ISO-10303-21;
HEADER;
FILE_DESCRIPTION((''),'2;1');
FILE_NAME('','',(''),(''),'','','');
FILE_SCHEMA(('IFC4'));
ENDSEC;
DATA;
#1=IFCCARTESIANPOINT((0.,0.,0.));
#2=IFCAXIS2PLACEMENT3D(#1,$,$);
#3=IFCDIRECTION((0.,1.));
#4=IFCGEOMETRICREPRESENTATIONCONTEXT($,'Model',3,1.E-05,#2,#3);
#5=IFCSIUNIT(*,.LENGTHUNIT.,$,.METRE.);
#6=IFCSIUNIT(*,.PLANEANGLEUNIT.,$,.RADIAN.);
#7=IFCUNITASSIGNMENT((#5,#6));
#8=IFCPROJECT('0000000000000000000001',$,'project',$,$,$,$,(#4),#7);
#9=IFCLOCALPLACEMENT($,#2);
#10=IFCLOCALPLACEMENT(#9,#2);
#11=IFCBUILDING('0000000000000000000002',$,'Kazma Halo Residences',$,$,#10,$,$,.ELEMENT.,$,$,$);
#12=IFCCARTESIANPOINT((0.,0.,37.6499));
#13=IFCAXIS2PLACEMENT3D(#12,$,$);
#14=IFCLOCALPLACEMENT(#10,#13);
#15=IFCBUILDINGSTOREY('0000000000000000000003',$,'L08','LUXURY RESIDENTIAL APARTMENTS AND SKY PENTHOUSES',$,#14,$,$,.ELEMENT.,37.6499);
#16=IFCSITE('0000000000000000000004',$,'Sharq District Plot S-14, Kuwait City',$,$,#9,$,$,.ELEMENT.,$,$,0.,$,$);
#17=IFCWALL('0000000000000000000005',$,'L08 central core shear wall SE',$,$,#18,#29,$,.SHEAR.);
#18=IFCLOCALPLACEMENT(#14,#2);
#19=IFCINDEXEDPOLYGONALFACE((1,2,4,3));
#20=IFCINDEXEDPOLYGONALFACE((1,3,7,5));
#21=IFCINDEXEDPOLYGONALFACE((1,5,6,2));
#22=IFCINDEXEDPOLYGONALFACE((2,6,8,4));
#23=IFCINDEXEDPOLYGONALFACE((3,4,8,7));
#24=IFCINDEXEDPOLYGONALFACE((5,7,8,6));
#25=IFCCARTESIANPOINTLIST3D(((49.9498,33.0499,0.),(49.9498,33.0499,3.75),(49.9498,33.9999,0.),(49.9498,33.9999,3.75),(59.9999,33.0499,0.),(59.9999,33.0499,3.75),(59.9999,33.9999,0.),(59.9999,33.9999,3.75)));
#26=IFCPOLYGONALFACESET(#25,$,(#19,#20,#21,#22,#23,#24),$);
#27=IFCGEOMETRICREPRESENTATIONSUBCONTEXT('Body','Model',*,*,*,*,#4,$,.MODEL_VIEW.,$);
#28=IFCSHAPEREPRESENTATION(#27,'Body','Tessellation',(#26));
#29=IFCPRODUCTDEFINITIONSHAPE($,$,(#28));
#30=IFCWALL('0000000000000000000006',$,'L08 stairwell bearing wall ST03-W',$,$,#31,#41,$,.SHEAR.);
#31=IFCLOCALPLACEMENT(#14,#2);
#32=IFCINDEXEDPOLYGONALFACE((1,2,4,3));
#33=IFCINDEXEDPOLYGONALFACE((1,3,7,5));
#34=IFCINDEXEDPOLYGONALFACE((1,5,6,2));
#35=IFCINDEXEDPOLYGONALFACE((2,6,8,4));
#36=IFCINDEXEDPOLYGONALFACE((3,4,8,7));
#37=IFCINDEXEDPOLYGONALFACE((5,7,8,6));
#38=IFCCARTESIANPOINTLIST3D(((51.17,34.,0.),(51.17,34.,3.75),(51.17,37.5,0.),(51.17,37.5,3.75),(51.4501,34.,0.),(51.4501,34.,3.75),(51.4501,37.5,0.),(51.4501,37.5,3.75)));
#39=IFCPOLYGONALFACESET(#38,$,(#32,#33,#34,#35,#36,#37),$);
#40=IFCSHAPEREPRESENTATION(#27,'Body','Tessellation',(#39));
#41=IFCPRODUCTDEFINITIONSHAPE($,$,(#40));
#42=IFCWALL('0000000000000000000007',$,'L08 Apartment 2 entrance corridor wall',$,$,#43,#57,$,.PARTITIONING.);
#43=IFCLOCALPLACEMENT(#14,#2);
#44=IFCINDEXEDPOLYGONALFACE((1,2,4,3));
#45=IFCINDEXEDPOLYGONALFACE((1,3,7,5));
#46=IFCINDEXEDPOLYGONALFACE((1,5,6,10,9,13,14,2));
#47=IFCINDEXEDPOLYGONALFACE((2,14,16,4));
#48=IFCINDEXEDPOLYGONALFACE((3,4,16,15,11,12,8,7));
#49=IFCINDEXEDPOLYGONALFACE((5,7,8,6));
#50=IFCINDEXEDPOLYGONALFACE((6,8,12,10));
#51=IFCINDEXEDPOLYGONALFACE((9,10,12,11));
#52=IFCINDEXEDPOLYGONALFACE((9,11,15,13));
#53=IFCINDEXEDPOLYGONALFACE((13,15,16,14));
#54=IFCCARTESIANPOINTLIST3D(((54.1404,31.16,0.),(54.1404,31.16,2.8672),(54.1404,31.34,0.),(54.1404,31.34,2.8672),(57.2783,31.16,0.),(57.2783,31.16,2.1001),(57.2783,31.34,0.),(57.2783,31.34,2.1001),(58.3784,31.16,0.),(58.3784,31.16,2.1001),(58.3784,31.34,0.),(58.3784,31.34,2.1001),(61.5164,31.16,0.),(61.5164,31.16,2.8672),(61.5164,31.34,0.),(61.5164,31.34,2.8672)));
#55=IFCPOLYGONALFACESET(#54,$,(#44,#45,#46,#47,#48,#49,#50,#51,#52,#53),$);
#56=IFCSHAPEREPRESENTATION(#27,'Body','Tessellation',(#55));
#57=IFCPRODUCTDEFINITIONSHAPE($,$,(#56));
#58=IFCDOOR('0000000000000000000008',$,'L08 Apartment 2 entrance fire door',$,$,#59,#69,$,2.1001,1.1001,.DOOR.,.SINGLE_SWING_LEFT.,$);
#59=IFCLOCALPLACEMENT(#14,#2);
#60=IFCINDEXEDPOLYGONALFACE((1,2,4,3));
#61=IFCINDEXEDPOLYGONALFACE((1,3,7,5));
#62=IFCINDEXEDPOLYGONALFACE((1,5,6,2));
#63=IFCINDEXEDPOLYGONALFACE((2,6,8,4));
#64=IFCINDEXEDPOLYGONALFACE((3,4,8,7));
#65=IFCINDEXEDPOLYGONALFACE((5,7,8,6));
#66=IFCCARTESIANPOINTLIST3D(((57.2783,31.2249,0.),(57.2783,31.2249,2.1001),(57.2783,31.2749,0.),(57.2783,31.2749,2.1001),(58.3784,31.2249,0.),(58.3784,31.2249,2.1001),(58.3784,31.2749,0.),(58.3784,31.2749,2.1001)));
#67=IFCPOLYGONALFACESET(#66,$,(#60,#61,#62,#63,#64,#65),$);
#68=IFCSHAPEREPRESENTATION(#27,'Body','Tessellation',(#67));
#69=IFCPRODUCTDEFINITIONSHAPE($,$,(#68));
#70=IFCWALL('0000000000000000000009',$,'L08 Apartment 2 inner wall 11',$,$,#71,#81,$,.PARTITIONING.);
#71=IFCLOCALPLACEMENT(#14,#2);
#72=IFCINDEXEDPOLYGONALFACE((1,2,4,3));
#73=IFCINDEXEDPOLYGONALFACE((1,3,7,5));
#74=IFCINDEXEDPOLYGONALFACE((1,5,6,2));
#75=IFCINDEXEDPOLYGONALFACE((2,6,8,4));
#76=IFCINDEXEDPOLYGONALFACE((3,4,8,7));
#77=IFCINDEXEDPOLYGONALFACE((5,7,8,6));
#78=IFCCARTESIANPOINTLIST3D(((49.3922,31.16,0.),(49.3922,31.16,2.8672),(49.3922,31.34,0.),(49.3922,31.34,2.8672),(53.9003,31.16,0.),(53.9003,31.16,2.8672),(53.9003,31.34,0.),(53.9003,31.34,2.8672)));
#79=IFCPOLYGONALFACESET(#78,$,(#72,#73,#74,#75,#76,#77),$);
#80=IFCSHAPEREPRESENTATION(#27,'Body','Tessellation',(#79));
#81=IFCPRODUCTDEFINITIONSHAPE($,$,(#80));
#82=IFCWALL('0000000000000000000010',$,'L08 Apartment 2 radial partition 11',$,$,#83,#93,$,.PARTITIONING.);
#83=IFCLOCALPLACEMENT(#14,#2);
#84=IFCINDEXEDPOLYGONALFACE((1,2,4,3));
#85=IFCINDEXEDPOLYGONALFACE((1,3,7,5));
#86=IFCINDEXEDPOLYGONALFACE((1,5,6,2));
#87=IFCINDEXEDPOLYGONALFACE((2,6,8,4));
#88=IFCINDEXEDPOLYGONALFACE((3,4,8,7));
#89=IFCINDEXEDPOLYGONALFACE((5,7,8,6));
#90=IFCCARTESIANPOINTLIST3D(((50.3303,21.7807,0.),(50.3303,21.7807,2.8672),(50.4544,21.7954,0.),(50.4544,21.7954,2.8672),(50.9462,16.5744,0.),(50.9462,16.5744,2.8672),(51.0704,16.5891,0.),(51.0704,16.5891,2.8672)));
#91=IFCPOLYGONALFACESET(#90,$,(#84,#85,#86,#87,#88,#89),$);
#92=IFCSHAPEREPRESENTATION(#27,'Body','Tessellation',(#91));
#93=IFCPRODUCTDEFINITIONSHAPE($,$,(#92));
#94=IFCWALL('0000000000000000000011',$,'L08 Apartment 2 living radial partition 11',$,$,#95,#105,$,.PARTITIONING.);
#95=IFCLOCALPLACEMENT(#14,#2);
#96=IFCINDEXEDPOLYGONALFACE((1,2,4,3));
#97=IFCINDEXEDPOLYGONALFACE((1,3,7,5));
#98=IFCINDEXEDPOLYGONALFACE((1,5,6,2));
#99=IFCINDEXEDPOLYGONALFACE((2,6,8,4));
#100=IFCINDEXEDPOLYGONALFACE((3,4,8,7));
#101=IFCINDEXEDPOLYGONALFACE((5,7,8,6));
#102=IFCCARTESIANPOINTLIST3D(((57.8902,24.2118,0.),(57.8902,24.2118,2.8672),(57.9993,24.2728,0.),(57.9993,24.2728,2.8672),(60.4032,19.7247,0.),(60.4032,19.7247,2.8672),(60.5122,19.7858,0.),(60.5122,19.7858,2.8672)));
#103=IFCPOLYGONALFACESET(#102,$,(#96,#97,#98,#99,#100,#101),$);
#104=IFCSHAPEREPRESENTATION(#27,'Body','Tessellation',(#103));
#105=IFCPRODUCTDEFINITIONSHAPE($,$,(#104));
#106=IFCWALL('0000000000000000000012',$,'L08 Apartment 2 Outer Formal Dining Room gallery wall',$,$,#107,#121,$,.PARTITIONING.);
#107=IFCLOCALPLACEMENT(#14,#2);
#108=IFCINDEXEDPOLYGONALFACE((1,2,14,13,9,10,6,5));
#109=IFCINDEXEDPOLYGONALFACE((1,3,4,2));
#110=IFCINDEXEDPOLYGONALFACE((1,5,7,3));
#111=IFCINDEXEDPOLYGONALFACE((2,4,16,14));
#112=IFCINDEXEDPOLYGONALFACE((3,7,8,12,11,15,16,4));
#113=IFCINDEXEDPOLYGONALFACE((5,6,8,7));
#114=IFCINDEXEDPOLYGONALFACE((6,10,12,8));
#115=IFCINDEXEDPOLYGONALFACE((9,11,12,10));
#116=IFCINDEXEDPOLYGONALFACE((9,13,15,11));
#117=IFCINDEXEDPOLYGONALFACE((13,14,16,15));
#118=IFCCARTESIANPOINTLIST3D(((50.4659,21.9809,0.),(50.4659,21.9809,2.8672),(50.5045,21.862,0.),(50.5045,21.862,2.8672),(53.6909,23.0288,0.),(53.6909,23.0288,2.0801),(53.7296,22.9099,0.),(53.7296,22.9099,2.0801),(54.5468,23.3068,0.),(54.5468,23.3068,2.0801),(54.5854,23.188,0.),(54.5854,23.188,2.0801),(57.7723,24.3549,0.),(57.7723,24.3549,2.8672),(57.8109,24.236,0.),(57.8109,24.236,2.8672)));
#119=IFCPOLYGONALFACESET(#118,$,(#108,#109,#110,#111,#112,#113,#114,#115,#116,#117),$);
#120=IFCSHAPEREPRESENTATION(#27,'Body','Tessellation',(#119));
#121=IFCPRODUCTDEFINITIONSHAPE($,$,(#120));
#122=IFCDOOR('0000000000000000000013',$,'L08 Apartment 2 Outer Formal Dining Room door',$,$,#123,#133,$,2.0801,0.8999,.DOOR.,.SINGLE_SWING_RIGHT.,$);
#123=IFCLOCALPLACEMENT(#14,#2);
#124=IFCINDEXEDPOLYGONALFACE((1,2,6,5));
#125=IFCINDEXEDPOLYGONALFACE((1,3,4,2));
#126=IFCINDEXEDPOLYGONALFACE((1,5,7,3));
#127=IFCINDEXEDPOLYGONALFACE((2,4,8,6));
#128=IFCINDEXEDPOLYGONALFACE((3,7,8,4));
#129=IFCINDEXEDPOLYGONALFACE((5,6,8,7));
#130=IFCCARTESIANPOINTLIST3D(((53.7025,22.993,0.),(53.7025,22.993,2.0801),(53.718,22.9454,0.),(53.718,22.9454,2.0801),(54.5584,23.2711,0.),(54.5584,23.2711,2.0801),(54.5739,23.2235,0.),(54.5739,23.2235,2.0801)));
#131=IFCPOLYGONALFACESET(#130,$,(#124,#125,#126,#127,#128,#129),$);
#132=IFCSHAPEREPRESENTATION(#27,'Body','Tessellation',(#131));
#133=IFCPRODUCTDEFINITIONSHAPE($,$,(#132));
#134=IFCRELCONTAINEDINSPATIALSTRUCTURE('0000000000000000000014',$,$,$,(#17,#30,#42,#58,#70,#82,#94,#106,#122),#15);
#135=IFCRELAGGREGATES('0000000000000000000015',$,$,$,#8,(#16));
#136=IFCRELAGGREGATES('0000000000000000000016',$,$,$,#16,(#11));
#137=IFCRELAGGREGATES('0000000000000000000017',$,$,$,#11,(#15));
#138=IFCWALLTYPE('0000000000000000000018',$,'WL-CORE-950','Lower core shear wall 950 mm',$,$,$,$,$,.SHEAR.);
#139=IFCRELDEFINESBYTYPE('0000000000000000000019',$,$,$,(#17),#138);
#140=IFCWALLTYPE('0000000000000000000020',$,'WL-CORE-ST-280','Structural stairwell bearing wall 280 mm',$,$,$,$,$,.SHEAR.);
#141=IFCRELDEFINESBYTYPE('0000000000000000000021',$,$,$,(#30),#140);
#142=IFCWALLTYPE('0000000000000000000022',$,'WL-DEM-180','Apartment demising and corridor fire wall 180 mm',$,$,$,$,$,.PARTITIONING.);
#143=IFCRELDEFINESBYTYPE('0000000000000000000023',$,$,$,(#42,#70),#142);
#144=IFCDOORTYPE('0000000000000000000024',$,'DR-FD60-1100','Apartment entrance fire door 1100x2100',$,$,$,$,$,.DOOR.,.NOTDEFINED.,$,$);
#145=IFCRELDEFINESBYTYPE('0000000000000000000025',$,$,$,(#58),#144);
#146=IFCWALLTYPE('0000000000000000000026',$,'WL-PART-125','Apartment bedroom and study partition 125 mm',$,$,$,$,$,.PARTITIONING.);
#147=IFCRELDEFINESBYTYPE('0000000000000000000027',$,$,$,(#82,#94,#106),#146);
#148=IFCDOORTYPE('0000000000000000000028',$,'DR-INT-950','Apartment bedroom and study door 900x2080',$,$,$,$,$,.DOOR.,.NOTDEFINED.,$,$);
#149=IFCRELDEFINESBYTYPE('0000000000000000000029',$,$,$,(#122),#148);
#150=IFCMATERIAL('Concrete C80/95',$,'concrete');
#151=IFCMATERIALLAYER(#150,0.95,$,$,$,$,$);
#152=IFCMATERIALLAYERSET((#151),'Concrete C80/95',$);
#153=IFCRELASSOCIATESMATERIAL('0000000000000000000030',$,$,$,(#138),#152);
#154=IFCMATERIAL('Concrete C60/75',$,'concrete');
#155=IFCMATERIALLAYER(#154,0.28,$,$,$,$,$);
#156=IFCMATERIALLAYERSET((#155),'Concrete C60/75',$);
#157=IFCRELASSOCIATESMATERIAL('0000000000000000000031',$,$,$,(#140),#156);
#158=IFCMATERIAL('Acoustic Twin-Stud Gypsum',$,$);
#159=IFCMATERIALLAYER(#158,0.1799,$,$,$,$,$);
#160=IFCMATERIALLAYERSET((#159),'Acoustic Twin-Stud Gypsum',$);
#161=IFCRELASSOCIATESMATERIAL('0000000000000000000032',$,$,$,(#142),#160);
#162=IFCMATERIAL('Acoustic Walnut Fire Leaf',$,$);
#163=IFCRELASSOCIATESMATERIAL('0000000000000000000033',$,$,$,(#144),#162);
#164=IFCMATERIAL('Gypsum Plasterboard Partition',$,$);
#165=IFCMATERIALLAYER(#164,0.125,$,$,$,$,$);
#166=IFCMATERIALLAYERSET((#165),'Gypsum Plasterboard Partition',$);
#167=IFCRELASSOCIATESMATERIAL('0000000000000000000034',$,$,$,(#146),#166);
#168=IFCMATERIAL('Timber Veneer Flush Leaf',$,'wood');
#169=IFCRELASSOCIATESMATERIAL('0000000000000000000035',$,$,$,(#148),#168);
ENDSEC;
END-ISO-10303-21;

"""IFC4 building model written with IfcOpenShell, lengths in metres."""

from ifc_helpers import new_model, si_unit, direction, frame, frame_2d, origin, place, context, subcontext, project, spatial, rectangle, extrude, material, layer, layer_set, type_object, element, fill, save


model = new_model("IFC4")

# Units and contexts
model_context = context("Model", 3, precision=1e-05, world=origin(), true_north=direction((0.0, 1.0)))
body_context = subcontext(model_context, "Body", "Model", "MODEL_VIEW")
ifc_project = project(units=[si_unit("LENGTHUNIT", "METRE"), si_unit("PLANEANGLEUNIT", "RADIAN")], contexts=[model_context])

# Site, building, storey
site_placement = place(None, origin())
site = spatial("IfcSite", under=ifc_project, at=site_placement, Name="Sharq District Plot S-14, Kuwait City", CompositionType="ELEMENT", RefElevation=0.0)
building_placement = place(site_placement, origin())
building = spatial("IfcBuilding", under=site, at=building_placement, Name="Kazma Halo Residences", CompositionType="ELEMENT")
storey_placement = place(building_placement, frame((0.0, 0.0, 37.6499)))
storey = spatial("IfcBuildingStorey", under=building, at=storey_placement, Name="L08", Description="LUXURY RESIDENTIAL APARTMENTS AND SKY PENTHOUSES", CompositionType="ELEMENT", Elevation=37.6499)

# Shared definitions
ifc_material_1 = material(Name="Concrete C80/95", Category="concrete")

# Walls
ifc_layer_1 = layer(ifc_material_1, 0.95)
ifc_layer_set_1 = layer_set([ifc_layer_1], Name="Concrete C80/95")
wall_type_1 = type_object("IfcWallType", Name="WL-CORE-950", Description="Lower core shear wall 950 mm", PredefinedType="SHEAR", material=ifc_layer_set_1)
wall_1_placement = place(storey_placement, frame((49.95, 33.5249, 0.0), z_axis=(0.0, 0.0, 1.0), x_axis=(1.0, 0.0, 0.0)))
element("IfcWall", 1, at=wall_1_placement, inside=storey, type_object=wall_type_1, Name="L08 central core shear wall SE", PredefinedType="SHEAR", context=body_context, shape_type="SweptSolid", body=[
    extrude(rectangle(XDim=10.05, YDim=0.95, at=frame_2d((5.0249, 0.0))), origin(), (0.0, 0.0, 1.0), 3.75),
])
ifc_material_2 = material(Name="Concrete C60/75", Category="concrete")
ifc_layer_2 = layer(ifc_material_2, 0.28)
ifc_layer_set_2 = layer_set([ifc_layer_2], Name="Concrete C60/75")
wall_type_2 = type_object("IfcWallType", Name="WL-CORE-ST-280", Description="Structural stairwell bearing wall 280 mm", PredefinedType="SHEAR", material=ifc_layer_set_2)
wall_2_placement = place(storey_placement, frame((51.3101, 34.0, 0.0), z_axis=(0.0, 0.0, 1.0), x_axis=(0.0, 1.0, 0.0)))
element("IfcWall", 2, at=wall_2_placement, inside=storey, type_object=wall_type_2, Name="L08 stairwell bearing wall ST03-W", PredefinedType="SHEAR", context=body_context, shape_type="SweptSolid", body=[
    extrude(rectangle(XDim=3.5, YDim=0.28, at=frame_2d((1.75, 0.0))), origin(), (0.0, 0.0, 1.0), 3.75),
])

# Wall, opening, door
ifc_material_3 = material(Name="Acoustic Twin-Stud Gypsum")
ifc_layer_3 = layer(ifc_material_3, 0.1799)
ifc_layer_set_3 = layer_set([ifc_layer_3], Name="Acoustic Twin-Stud Gypsum")
wall_type_3 = type_object("IfcWallType", Name="WL-DEM-180", Description="Apartment demising and corridor fire wall 180 mm", PredefinedType="PARTITIONING", material=ifc_layer_set_3)
wall_3_placement = place(storey_placement, frame((54.1404, 31.25, 0.0), z_axis=(0.0, 0.0, 1.0), x_axis=(1.0, 0.0, 0.0)))
wall_3 = element("IfcWall", 3, at=wall_3_placement, inside=storey, type_object=wall_type_3, Name="L08 Apartment 2 entrance corridor wall", PredefinedType="PARTITIONING", context=body_context, shape_type="SweptSolid", body=[
    extrude(rectangle(XDim=7.376, YDim=0.1799, at=frame_2d((3.688, 0.0))), origin(), (0.0, 0.0, 1.0), 2.8672),
])
opening_1_placement = place(wall_3_placement, frame((3.1379, 0.0, 0.0)))
opening_1 = element("IfcOpeningElement", 4, at=opening_1_placement, cuts=wall_3, PredefinedType="OPENING", context=body_context, shape_type="SweptSolid", body=[
    extrude(rectangle(XDim=1.1001, YDim=2.1001, at=frame_2d((0.55, 1.05))), frame((0.0, 0.0999, 0.0), z_axis=(0.0, -1.0, 0.0), x_axis=(1.0, 0.0, 0.0)), (0.0, 0.0, 1.0), 0.2),
])
ifc_material_4 = material(Name="Acoustic Walnut Fire Leaf")
door_type_1 = type_object("IfcDoorType", Name="DR-FD60-1100", Description="Apartment entrance fire door 1100x2100", OperationType="NOTDEFINED", PredefinedType="DOOR", material=ifc_material_4)
door_1_placement = place(opening_1_placement, origin())
door_1 = element("IfcDoor", 5, at=door_1_placement, inside=storey, type_object=door_type_1, Name="L08 Apartment 2 entrance fire door", OperationType="SINGLE_SWING_LEFT", OverallHeight=2.1001, OverallWidth=1.1001, PredefinedType="DOOR", context=body_context, shape_type="SweptSolid", body=[
    extrude(rectangle(XDim=1.1001, YDim=2.1001, at=frame_2d((0.55, 1.05))), frame((0.0, 0.0249, 0.0), z_axis=(0.0, -1.0, 0.0), x_axis=(1.0, 0.0, 0.0)), (0.0, 0.0, 1.0), 0.05),
])
fill(opening_1, door_1)

# Wall
wall_4_placement = place(storey_placement, frame((49.3923, 31.25, 0.0), z_axis=(0.0, 0.0, 1.0), x_axis=(1.0, 0.0, 0.0)))
element("IfcWall", 6, at=wall_4_placement, inside=storey, type_object=wall_type_3, Name="L08 Apartment 2 inner wall 11", PredefinedType="PARTITIONING", context=body_context, shape_type="SweptSolid", body=[
    extrude(rectangle(XDim=4.5081, YDim=0.1799, at=frame_2d((2.2539, 0.0))), origin(), (0.0, 0.0, 1.0), 2.8672),
])

# Walls
ifc_material_5 = material(Name="Gypsum Plasterboard Partition")
ifc_layer_4 = layer(ifc_material_5, 0.125)
ifc_layer_set_4 = layer_set([ifc_layer_4], Name="Gypsum Plasterboard Partition")
wall_type_4 = type_object("IfcWallType", Name="WL-PART-125", Description="Apartment bedroom and study partition 125 mm", PredefinedType="PARTITIONING", material=ifc_layer_set_4)
wall_5_placement = place(storey_placement, frame((50.3923, 21.7881, 0.0), z_axis=(0.0, 0.0, 1.0), x_axis=(0.117492, -0.993074, 0.0)))
element("IfcWall", 7, at=wall_5_placement, inside=storey, type_object=wall_type_4, Name="L08 Apartment 2 radial partition 11", PredefinedType="PARTITIONING", context=body_context, shape_type="SweptSolid", body=[
    extrude(rectangle(XDim=5.2427, YDim=0.125, at=frame_2d((2.6213, 0.0))), origin(), (0.0, 0.0, 1.0), 2.8672),
])
wall_6_placement = place(storey_placement, frame((57.9448, 24.2422, 0.0), z_axis=(0.0, 0.0, 1.0), x_axis=(0.488631, -0.872491, 0.0)))
element("IfcWall", 8, at=wall_6_placement, inside=storey, type_object=wall_type_4, Name="L08 Apartment 2 living radial partition 11", PredefinedType="PARTITIONING", context=body_context, shape_type="SweptSolid", body=[
    extrude(rectangle(XDim=5.1428, YDim=0.125, at=frame_2d((2.5713, 0.0))), origin(), (0.0, 0.0, 1.0), 2.8672),
])

# Wall, opening, door
wall_7_placement = place(storey_placement, frame((50.4851, 21.9214, 0.0), z_axis=(0.0, 0.0, 1.0), x_axis=(0.951055, 0.309021, 0.0)))
wall_7 = element("IfcWall", 9, at=wall_7_placement, inside=storey, type_object=wall_type_4, Name="L08 Apartment 2 Outer Formal Dining Room gallery wall", PredefinedType="PARTITIONING", context=body_context, shape_type="SweptSolid", body=[
    extrude(rectangle(XDim=7.6824, YDim=0.125, at=frame_2d((3.8413, 0.0))), origin(), (0.0, 0.0, 1.0), 2.8672),
])
opening_2_placement = place(wall_7_placement, frame((3.3911, 0.0, 0.0)))
opening_2 = element("IfcOpeningElement", 10, at=opening_2_placement, cuts=wall_7, PredefinedType="OPENING", context=body_context, shape_type="SweptSolid", body=[
    extrude(rectangle(XDim=0.8999, YDim=2.0801, at=frame_2d((0.45, 1.04))), frame((0.0, 0.0725, 0.0), z_axis=(0.0, -1.0, 0.0), x_axis=(1.0, 0.0, 0.0)), (0.0, 0.0, 1.0), 0.145),
])
ifc_material_6 = material(Name="Timber Veneer Flush Leaf", Category="wood")
door_type_2 = type_object("IfcDoorType", Name="DR-INT-950", Description="Apartment bedroom and study door 900x2080", OperationType="NOTDEFINED", PredefinedType="DOOR", material=ifc_material_6)
door_2_placement = place(opening_2_placement, origin())
door_2 = element("IfcDoor", 11, at=door_2_placement, inside=storey, type_object=door_type_2, Name="L08 Apartment 2 Outer Formal Dining Room door", OperationType="SINGLE_SWING_RIGHT", OverallHeight=2.0801, OverallWidth=0.8999, PredefinedType="DOOR", context=body_context, shape_type="SweptSolid", body=[
    extrude(rectangle(XDim=0.8999, YDim=2.0801, at=frame_2d((0.45, 1.04))), frame((0.0, 0.0249, 0.0), z_axis=(0.0, -1.0, 0.0), x_axis=(1.0, 0.0, 0.0)), (0.0, 0.0, 1.0), 0.05),
])
fill(opening_2, door_2)

save(model, "model.ifc")
